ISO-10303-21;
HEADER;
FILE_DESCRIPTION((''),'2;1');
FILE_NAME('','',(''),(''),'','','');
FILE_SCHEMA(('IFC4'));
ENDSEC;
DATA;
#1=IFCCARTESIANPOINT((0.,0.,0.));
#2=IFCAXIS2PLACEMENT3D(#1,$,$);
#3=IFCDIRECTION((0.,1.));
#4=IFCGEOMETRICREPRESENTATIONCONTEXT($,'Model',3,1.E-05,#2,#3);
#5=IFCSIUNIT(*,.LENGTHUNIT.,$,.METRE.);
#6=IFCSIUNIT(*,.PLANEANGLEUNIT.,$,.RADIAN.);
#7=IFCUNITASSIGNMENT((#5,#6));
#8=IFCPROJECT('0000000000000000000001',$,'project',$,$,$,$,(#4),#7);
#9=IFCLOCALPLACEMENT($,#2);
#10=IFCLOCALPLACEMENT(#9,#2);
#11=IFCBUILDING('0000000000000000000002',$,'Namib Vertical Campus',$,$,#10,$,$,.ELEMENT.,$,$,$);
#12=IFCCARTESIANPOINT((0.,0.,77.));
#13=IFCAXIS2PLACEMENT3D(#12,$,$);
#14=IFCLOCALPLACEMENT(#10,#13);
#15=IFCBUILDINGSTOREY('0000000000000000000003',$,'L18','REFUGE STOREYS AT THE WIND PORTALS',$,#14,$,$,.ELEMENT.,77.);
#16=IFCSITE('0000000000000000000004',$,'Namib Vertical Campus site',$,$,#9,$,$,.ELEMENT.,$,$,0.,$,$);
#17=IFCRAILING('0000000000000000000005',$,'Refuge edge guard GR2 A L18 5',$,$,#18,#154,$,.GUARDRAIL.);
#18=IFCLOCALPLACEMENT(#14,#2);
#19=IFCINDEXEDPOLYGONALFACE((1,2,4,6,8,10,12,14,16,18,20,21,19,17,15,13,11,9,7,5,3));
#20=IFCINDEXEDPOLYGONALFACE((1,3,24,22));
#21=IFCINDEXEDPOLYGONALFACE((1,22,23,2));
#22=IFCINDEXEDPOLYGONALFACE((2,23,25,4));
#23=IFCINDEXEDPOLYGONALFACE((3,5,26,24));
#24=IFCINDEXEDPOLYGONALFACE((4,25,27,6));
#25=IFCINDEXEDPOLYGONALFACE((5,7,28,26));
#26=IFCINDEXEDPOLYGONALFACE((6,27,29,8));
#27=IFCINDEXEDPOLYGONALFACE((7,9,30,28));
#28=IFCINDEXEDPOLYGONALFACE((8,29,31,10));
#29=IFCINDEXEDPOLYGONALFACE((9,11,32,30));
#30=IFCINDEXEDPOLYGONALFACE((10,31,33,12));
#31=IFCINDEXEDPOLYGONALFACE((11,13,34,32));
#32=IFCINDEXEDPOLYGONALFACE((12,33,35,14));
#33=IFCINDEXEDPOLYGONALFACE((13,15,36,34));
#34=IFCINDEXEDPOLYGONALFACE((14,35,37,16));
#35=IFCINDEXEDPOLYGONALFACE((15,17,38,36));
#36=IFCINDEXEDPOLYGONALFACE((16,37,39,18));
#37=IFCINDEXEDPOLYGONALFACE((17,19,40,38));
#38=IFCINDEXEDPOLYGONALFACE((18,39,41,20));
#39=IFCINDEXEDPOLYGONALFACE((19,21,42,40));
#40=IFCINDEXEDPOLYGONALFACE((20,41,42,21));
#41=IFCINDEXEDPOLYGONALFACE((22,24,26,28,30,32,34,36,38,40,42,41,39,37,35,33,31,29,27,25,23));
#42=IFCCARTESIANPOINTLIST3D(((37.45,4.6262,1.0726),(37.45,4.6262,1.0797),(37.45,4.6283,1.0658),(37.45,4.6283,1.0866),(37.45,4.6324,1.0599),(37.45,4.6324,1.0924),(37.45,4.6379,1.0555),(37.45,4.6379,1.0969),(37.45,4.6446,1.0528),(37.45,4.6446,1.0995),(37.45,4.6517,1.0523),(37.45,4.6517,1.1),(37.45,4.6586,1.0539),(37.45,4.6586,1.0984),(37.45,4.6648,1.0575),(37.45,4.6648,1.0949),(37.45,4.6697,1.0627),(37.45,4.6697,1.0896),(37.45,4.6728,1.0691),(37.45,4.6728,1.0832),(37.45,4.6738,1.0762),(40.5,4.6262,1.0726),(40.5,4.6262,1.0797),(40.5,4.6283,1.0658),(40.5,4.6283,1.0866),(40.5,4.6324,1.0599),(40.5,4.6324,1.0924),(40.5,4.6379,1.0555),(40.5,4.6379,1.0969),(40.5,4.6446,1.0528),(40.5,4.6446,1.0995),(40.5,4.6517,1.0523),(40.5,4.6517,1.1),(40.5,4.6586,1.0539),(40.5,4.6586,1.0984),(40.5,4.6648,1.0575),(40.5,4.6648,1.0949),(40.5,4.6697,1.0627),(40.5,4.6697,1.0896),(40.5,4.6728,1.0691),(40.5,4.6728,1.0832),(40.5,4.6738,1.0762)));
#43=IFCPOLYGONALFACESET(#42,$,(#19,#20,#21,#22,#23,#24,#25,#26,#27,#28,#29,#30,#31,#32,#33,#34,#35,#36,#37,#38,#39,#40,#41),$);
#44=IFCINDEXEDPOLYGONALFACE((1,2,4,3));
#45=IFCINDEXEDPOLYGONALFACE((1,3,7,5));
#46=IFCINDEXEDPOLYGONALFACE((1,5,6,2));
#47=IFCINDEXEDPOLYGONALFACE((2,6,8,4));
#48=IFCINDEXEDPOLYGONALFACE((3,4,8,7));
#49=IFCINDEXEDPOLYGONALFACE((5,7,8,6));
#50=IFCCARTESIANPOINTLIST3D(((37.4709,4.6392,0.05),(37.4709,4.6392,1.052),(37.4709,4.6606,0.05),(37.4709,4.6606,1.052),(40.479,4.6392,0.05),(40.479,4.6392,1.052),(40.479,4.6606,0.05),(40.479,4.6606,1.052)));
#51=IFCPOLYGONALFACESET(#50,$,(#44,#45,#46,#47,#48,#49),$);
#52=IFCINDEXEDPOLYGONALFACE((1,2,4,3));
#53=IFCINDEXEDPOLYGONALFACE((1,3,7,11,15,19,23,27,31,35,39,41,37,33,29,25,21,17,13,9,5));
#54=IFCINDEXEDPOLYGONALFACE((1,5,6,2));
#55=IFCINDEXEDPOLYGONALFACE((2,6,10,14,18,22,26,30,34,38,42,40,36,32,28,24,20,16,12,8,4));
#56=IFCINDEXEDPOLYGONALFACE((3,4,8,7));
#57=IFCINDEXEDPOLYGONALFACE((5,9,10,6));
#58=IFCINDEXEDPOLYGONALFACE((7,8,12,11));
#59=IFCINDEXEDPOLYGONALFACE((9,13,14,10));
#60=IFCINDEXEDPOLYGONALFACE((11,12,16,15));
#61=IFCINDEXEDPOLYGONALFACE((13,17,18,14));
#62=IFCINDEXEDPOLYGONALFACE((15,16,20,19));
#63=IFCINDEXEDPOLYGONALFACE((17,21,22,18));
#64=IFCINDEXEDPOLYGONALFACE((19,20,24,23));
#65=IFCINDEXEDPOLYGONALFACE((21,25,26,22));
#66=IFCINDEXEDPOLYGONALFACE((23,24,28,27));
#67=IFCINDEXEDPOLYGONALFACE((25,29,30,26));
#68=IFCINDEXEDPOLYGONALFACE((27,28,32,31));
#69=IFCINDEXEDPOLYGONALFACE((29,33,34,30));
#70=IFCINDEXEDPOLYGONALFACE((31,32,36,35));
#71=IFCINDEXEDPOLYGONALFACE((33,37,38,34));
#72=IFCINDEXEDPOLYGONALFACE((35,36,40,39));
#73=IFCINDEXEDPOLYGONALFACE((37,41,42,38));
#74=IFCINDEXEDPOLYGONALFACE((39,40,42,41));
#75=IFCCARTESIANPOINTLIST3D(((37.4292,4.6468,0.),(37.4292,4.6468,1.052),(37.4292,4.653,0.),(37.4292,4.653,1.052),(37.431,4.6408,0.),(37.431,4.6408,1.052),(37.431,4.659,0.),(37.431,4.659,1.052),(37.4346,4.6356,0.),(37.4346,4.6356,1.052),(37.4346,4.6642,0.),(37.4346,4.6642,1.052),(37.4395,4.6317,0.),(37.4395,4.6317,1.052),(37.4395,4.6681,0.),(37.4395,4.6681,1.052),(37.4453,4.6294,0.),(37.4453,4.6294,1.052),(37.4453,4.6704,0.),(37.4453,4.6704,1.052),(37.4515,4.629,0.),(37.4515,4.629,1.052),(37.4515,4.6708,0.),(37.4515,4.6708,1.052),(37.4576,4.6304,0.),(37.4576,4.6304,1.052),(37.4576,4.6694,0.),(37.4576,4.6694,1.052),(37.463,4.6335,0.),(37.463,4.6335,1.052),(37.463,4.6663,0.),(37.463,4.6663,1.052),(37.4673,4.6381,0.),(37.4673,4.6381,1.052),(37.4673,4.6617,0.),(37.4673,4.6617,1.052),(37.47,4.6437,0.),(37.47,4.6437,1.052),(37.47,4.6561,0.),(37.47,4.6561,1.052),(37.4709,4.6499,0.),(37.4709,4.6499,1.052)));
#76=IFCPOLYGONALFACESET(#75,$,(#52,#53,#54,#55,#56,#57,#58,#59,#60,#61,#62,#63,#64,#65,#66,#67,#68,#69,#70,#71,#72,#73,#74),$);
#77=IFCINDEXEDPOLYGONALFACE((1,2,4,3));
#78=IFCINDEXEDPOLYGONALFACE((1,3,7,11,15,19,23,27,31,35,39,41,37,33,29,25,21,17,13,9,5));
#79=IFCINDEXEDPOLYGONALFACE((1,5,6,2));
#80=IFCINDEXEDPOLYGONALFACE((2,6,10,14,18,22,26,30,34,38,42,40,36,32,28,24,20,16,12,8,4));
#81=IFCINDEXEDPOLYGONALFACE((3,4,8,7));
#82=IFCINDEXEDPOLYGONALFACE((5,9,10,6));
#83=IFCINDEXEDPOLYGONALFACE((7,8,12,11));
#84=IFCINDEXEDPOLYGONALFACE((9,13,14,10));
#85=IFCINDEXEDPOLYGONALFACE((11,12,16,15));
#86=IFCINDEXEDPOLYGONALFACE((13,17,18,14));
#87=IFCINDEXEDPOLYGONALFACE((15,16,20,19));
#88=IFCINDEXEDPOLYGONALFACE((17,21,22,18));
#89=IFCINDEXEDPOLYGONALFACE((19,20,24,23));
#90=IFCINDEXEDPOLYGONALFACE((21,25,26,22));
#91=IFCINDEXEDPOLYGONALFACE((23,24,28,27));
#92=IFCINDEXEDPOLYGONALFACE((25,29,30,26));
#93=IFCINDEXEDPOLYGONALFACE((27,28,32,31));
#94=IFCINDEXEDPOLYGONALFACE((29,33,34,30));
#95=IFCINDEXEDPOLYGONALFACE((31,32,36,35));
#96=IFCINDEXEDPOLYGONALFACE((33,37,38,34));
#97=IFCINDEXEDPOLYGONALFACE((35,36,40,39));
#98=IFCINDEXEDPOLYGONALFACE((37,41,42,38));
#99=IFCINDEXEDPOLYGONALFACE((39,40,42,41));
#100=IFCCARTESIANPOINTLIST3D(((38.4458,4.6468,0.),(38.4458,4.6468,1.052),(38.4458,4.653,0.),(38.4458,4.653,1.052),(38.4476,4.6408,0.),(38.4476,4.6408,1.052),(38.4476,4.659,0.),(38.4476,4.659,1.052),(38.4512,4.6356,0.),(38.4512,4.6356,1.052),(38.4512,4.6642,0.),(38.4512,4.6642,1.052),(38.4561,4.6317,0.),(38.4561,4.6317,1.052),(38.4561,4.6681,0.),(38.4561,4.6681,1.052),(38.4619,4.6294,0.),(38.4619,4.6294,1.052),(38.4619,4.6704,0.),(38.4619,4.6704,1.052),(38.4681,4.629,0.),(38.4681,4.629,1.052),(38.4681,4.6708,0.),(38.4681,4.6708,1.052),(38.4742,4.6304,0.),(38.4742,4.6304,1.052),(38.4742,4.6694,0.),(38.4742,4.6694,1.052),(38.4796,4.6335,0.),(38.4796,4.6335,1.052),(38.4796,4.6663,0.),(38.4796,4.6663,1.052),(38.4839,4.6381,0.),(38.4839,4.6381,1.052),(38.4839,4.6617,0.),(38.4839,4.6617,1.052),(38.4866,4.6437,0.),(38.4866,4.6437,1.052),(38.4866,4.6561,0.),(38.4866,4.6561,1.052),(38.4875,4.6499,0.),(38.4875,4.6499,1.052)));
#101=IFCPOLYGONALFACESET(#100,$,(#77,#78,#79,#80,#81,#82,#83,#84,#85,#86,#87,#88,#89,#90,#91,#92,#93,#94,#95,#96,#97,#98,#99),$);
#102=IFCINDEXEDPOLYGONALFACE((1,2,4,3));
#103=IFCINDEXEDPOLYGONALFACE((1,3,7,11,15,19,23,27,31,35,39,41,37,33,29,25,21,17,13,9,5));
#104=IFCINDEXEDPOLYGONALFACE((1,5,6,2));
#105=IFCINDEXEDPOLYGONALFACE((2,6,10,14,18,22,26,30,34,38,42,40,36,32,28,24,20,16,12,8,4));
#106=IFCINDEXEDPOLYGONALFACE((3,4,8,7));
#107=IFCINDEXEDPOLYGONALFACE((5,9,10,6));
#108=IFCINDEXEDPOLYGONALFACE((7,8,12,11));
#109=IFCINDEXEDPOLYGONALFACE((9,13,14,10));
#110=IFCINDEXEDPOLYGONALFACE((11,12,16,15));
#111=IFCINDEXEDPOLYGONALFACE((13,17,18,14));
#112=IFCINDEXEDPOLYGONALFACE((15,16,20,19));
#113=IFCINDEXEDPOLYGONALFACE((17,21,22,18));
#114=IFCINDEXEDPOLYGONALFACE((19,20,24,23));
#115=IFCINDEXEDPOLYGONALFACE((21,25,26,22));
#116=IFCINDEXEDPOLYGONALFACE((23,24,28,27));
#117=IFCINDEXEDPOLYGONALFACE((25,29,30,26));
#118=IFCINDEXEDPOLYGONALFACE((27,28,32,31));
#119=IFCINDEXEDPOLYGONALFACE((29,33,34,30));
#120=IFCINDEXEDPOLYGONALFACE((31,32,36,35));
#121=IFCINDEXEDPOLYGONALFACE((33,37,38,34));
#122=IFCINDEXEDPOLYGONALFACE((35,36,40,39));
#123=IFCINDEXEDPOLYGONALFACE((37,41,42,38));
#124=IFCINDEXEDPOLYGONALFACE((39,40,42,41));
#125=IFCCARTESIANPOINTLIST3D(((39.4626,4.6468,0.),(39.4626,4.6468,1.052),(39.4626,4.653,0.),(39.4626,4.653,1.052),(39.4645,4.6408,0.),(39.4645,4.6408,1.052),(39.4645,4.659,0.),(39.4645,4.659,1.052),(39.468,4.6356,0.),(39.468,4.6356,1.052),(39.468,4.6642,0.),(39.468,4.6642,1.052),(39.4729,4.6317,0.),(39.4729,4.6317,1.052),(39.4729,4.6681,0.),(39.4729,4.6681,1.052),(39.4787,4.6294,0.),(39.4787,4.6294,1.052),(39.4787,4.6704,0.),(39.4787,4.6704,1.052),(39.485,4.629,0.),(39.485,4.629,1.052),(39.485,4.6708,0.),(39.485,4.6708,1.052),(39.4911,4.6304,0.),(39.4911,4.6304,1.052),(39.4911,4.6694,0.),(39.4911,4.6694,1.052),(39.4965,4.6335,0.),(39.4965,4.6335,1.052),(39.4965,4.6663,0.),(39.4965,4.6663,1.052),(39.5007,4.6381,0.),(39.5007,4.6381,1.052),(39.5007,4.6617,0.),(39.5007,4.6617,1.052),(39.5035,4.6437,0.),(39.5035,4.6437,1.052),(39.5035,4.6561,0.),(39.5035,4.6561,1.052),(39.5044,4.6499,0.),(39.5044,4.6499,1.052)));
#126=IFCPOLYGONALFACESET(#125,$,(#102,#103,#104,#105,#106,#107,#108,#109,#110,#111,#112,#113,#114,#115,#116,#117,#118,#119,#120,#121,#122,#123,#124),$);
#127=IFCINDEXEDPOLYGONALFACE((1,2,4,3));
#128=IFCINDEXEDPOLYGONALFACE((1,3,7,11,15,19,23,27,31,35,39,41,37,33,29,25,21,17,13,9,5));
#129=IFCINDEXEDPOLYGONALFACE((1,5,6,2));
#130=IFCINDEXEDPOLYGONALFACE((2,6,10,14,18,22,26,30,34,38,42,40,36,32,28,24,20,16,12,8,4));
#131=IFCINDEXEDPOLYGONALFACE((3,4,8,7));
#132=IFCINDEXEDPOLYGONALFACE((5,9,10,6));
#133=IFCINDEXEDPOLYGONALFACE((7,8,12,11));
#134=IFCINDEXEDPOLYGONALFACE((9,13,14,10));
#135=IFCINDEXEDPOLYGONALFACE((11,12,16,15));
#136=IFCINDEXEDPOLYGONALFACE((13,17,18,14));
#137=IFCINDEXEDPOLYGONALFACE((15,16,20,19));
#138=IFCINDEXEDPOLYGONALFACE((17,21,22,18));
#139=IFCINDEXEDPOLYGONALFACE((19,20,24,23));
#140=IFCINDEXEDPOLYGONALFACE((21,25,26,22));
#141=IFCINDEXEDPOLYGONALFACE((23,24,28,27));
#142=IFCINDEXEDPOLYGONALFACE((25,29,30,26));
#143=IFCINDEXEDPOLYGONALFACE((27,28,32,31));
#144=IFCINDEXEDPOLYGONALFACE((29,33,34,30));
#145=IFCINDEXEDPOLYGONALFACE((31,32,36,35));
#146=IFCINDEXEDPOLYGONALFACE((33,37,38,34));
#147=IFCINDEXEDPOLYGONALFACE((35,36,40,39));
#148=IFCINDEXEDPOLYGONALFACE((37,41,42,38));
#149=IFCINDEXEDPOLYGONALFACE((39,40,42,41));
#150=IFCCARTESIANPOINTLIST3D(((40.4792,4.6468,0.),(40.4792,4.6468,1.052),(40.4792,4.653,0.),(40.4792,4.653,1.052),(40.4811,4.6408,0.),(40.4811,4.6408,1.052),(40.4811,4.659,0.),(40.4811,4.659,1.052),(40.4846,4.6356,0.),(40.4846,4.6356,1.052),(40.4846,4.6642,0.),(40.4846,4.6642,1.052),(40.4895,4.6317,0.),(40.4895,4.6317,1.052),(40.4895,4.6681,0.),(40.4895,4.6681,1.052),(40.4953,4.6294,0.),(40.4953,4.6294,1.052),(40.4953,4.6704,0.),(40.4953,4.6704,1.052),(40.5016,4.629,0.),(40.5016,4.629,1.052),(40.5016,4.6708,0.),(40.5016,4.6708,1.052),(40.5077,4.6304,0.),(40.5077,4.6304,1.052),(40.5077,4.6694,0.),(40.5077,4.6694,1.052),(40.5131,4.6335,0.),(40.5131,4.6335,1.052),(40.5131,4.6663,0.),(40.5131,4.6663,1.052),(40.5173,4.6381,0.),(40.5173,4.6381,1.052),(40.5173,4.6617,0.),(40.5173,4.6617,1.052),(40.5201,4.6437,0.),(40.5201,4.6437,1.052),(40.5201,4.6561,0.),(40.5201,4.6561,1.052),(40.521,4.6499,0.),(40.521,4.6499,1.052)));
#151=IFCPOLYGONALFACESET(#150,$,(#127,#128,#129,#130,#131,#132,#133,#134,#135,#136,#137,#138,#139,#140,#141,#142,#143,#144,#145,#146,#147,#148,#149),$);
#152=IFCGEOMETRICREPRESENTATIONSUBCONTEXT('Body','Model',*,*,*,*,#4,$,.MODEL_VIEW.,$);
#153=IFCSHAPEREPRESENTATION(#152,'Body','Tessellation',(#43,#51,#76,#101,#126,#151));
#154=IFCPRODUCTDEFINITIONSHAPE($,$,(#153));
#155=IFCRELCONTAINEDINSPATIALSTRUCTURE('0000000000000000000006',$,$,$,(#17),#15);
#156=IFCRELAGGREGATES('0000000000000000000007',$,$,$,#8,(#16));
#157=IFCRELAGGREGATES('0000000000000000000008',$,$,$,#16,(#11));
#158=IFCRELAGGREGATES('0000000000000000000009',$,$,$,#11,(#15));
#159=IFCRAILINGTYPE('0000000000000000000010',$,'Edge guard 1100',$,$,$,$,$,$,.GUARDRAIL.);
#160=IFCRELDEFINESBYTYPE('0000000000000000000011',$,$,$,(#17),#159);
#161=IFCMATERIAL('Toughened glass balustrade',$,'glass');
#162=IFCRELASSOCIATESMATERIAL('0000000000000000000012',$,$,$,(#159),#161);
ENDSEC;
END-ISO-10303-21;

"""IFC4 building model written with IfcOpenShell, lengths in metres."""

from ifc_helpers import new_model, si_unit, direction, frame, origin, origin_2d, place, context, subcontext, project, spatial, polyline, circle, outline, extrude, material, type_object, element, save


model = new_model("IFC4")

# Units and contexts
model_context = context("Model", 3, precision=1e-05, world=origin(), true_north=direction((0.0, 1.0)))
body_context = subcontext(model_context, "Body", "Model", "MODEL_VIEW")
ifc_project = project(units=[si_unit("LENGTHUNIT", "METRE"), si_unit("PLANEANGLEUNIT", "RADIAN")], contexts=[model_context])

# Site, building, storey
site_placement = place(None, origin())
site = spatial("IfcSite", under=ifc_project, at=site_placement, Name="Namib Vertical Campus site", CompositionType="ELEMENT", RefElevation=0.0)
building_placement = place(site_placement, origin())
building = spatial("IfcBuilding", under=site, at=building_placement, Name="Namib Vertical Campus", CompositionType="ELEMENT")
storey_placement = place(building_placement, frame((0.0, 0.0, 77.0)))
storey = spatial("IfcBuildingStorey", under=building, at=storey_placement, Name="L18", Description="REFUGE STOREYS AT THE WIND PORTALS", CompositionType="ELEMENT", Elevation=77.0)

# Railing
ifc_material_1 = material(Name="Toughened glass balustrade", Category="glass")
railing_type = type_object("IfcRailingType", Name="Edge guard 1100", PredefinedType="GUARDRAIL", material=ifc_material_1)
railing_1_placement = place(storey_placement, frame((37.45, 4.6499, 0.0)))
element("IfcRailing", 1, at=railing_1_placement, inside=storey, type_object=railing_type, Name="Refuge edge guard GR2 A L18 5", PredefinedType="GUARDRAIL", context=body_context, shape_type="SweptSolid", body=[
    extrude(circle(Radius=0.0239, at=origin_2d()), frame((0.0, 0.0, 1.0762), z_axis=(1.0, 0.0, 0.0), x_axis=(0.0, 1.0, 0.0)), (0.0, 0.0, 1.0), 3.05),
    extrude(outline(polyline([(0.021, 0.05), (3.0291, 0.05), (3.0291, 1.052), (0.021, 1.052), (0.021, 0.05)])), frame((0.0, 0.0107, 0.0), z_axis=(0.0, -1.0, 0.0), x_axis=(1.0, 0.0, 0.0)), (0.0, 0.0, 1.0), 0.0215),
    extrude(circle(Radius=0.021, at=origin_2d()), origin(), (0.0, 0.0, 1.0), 1.052),
    extrude(circle(Radius=0.021, at=origin_2d()), frame((1.0166, 0.0, 0.0)), (0.0, 0.0, 1.0), 1.052),
    extrude(circle(Radius=0.021, at=origin_2d()), frame((2.0334, 0.0, 0.0)), (0.0, 0.0, 1.0), 1.052),
    extrude(circle(Radius=0.021, at=origin_2d()), frame((3.05, 0.0, 0.0)), (0.0, 0.0, 1.0), 1.052),
])

save(model, "model.ifc")
